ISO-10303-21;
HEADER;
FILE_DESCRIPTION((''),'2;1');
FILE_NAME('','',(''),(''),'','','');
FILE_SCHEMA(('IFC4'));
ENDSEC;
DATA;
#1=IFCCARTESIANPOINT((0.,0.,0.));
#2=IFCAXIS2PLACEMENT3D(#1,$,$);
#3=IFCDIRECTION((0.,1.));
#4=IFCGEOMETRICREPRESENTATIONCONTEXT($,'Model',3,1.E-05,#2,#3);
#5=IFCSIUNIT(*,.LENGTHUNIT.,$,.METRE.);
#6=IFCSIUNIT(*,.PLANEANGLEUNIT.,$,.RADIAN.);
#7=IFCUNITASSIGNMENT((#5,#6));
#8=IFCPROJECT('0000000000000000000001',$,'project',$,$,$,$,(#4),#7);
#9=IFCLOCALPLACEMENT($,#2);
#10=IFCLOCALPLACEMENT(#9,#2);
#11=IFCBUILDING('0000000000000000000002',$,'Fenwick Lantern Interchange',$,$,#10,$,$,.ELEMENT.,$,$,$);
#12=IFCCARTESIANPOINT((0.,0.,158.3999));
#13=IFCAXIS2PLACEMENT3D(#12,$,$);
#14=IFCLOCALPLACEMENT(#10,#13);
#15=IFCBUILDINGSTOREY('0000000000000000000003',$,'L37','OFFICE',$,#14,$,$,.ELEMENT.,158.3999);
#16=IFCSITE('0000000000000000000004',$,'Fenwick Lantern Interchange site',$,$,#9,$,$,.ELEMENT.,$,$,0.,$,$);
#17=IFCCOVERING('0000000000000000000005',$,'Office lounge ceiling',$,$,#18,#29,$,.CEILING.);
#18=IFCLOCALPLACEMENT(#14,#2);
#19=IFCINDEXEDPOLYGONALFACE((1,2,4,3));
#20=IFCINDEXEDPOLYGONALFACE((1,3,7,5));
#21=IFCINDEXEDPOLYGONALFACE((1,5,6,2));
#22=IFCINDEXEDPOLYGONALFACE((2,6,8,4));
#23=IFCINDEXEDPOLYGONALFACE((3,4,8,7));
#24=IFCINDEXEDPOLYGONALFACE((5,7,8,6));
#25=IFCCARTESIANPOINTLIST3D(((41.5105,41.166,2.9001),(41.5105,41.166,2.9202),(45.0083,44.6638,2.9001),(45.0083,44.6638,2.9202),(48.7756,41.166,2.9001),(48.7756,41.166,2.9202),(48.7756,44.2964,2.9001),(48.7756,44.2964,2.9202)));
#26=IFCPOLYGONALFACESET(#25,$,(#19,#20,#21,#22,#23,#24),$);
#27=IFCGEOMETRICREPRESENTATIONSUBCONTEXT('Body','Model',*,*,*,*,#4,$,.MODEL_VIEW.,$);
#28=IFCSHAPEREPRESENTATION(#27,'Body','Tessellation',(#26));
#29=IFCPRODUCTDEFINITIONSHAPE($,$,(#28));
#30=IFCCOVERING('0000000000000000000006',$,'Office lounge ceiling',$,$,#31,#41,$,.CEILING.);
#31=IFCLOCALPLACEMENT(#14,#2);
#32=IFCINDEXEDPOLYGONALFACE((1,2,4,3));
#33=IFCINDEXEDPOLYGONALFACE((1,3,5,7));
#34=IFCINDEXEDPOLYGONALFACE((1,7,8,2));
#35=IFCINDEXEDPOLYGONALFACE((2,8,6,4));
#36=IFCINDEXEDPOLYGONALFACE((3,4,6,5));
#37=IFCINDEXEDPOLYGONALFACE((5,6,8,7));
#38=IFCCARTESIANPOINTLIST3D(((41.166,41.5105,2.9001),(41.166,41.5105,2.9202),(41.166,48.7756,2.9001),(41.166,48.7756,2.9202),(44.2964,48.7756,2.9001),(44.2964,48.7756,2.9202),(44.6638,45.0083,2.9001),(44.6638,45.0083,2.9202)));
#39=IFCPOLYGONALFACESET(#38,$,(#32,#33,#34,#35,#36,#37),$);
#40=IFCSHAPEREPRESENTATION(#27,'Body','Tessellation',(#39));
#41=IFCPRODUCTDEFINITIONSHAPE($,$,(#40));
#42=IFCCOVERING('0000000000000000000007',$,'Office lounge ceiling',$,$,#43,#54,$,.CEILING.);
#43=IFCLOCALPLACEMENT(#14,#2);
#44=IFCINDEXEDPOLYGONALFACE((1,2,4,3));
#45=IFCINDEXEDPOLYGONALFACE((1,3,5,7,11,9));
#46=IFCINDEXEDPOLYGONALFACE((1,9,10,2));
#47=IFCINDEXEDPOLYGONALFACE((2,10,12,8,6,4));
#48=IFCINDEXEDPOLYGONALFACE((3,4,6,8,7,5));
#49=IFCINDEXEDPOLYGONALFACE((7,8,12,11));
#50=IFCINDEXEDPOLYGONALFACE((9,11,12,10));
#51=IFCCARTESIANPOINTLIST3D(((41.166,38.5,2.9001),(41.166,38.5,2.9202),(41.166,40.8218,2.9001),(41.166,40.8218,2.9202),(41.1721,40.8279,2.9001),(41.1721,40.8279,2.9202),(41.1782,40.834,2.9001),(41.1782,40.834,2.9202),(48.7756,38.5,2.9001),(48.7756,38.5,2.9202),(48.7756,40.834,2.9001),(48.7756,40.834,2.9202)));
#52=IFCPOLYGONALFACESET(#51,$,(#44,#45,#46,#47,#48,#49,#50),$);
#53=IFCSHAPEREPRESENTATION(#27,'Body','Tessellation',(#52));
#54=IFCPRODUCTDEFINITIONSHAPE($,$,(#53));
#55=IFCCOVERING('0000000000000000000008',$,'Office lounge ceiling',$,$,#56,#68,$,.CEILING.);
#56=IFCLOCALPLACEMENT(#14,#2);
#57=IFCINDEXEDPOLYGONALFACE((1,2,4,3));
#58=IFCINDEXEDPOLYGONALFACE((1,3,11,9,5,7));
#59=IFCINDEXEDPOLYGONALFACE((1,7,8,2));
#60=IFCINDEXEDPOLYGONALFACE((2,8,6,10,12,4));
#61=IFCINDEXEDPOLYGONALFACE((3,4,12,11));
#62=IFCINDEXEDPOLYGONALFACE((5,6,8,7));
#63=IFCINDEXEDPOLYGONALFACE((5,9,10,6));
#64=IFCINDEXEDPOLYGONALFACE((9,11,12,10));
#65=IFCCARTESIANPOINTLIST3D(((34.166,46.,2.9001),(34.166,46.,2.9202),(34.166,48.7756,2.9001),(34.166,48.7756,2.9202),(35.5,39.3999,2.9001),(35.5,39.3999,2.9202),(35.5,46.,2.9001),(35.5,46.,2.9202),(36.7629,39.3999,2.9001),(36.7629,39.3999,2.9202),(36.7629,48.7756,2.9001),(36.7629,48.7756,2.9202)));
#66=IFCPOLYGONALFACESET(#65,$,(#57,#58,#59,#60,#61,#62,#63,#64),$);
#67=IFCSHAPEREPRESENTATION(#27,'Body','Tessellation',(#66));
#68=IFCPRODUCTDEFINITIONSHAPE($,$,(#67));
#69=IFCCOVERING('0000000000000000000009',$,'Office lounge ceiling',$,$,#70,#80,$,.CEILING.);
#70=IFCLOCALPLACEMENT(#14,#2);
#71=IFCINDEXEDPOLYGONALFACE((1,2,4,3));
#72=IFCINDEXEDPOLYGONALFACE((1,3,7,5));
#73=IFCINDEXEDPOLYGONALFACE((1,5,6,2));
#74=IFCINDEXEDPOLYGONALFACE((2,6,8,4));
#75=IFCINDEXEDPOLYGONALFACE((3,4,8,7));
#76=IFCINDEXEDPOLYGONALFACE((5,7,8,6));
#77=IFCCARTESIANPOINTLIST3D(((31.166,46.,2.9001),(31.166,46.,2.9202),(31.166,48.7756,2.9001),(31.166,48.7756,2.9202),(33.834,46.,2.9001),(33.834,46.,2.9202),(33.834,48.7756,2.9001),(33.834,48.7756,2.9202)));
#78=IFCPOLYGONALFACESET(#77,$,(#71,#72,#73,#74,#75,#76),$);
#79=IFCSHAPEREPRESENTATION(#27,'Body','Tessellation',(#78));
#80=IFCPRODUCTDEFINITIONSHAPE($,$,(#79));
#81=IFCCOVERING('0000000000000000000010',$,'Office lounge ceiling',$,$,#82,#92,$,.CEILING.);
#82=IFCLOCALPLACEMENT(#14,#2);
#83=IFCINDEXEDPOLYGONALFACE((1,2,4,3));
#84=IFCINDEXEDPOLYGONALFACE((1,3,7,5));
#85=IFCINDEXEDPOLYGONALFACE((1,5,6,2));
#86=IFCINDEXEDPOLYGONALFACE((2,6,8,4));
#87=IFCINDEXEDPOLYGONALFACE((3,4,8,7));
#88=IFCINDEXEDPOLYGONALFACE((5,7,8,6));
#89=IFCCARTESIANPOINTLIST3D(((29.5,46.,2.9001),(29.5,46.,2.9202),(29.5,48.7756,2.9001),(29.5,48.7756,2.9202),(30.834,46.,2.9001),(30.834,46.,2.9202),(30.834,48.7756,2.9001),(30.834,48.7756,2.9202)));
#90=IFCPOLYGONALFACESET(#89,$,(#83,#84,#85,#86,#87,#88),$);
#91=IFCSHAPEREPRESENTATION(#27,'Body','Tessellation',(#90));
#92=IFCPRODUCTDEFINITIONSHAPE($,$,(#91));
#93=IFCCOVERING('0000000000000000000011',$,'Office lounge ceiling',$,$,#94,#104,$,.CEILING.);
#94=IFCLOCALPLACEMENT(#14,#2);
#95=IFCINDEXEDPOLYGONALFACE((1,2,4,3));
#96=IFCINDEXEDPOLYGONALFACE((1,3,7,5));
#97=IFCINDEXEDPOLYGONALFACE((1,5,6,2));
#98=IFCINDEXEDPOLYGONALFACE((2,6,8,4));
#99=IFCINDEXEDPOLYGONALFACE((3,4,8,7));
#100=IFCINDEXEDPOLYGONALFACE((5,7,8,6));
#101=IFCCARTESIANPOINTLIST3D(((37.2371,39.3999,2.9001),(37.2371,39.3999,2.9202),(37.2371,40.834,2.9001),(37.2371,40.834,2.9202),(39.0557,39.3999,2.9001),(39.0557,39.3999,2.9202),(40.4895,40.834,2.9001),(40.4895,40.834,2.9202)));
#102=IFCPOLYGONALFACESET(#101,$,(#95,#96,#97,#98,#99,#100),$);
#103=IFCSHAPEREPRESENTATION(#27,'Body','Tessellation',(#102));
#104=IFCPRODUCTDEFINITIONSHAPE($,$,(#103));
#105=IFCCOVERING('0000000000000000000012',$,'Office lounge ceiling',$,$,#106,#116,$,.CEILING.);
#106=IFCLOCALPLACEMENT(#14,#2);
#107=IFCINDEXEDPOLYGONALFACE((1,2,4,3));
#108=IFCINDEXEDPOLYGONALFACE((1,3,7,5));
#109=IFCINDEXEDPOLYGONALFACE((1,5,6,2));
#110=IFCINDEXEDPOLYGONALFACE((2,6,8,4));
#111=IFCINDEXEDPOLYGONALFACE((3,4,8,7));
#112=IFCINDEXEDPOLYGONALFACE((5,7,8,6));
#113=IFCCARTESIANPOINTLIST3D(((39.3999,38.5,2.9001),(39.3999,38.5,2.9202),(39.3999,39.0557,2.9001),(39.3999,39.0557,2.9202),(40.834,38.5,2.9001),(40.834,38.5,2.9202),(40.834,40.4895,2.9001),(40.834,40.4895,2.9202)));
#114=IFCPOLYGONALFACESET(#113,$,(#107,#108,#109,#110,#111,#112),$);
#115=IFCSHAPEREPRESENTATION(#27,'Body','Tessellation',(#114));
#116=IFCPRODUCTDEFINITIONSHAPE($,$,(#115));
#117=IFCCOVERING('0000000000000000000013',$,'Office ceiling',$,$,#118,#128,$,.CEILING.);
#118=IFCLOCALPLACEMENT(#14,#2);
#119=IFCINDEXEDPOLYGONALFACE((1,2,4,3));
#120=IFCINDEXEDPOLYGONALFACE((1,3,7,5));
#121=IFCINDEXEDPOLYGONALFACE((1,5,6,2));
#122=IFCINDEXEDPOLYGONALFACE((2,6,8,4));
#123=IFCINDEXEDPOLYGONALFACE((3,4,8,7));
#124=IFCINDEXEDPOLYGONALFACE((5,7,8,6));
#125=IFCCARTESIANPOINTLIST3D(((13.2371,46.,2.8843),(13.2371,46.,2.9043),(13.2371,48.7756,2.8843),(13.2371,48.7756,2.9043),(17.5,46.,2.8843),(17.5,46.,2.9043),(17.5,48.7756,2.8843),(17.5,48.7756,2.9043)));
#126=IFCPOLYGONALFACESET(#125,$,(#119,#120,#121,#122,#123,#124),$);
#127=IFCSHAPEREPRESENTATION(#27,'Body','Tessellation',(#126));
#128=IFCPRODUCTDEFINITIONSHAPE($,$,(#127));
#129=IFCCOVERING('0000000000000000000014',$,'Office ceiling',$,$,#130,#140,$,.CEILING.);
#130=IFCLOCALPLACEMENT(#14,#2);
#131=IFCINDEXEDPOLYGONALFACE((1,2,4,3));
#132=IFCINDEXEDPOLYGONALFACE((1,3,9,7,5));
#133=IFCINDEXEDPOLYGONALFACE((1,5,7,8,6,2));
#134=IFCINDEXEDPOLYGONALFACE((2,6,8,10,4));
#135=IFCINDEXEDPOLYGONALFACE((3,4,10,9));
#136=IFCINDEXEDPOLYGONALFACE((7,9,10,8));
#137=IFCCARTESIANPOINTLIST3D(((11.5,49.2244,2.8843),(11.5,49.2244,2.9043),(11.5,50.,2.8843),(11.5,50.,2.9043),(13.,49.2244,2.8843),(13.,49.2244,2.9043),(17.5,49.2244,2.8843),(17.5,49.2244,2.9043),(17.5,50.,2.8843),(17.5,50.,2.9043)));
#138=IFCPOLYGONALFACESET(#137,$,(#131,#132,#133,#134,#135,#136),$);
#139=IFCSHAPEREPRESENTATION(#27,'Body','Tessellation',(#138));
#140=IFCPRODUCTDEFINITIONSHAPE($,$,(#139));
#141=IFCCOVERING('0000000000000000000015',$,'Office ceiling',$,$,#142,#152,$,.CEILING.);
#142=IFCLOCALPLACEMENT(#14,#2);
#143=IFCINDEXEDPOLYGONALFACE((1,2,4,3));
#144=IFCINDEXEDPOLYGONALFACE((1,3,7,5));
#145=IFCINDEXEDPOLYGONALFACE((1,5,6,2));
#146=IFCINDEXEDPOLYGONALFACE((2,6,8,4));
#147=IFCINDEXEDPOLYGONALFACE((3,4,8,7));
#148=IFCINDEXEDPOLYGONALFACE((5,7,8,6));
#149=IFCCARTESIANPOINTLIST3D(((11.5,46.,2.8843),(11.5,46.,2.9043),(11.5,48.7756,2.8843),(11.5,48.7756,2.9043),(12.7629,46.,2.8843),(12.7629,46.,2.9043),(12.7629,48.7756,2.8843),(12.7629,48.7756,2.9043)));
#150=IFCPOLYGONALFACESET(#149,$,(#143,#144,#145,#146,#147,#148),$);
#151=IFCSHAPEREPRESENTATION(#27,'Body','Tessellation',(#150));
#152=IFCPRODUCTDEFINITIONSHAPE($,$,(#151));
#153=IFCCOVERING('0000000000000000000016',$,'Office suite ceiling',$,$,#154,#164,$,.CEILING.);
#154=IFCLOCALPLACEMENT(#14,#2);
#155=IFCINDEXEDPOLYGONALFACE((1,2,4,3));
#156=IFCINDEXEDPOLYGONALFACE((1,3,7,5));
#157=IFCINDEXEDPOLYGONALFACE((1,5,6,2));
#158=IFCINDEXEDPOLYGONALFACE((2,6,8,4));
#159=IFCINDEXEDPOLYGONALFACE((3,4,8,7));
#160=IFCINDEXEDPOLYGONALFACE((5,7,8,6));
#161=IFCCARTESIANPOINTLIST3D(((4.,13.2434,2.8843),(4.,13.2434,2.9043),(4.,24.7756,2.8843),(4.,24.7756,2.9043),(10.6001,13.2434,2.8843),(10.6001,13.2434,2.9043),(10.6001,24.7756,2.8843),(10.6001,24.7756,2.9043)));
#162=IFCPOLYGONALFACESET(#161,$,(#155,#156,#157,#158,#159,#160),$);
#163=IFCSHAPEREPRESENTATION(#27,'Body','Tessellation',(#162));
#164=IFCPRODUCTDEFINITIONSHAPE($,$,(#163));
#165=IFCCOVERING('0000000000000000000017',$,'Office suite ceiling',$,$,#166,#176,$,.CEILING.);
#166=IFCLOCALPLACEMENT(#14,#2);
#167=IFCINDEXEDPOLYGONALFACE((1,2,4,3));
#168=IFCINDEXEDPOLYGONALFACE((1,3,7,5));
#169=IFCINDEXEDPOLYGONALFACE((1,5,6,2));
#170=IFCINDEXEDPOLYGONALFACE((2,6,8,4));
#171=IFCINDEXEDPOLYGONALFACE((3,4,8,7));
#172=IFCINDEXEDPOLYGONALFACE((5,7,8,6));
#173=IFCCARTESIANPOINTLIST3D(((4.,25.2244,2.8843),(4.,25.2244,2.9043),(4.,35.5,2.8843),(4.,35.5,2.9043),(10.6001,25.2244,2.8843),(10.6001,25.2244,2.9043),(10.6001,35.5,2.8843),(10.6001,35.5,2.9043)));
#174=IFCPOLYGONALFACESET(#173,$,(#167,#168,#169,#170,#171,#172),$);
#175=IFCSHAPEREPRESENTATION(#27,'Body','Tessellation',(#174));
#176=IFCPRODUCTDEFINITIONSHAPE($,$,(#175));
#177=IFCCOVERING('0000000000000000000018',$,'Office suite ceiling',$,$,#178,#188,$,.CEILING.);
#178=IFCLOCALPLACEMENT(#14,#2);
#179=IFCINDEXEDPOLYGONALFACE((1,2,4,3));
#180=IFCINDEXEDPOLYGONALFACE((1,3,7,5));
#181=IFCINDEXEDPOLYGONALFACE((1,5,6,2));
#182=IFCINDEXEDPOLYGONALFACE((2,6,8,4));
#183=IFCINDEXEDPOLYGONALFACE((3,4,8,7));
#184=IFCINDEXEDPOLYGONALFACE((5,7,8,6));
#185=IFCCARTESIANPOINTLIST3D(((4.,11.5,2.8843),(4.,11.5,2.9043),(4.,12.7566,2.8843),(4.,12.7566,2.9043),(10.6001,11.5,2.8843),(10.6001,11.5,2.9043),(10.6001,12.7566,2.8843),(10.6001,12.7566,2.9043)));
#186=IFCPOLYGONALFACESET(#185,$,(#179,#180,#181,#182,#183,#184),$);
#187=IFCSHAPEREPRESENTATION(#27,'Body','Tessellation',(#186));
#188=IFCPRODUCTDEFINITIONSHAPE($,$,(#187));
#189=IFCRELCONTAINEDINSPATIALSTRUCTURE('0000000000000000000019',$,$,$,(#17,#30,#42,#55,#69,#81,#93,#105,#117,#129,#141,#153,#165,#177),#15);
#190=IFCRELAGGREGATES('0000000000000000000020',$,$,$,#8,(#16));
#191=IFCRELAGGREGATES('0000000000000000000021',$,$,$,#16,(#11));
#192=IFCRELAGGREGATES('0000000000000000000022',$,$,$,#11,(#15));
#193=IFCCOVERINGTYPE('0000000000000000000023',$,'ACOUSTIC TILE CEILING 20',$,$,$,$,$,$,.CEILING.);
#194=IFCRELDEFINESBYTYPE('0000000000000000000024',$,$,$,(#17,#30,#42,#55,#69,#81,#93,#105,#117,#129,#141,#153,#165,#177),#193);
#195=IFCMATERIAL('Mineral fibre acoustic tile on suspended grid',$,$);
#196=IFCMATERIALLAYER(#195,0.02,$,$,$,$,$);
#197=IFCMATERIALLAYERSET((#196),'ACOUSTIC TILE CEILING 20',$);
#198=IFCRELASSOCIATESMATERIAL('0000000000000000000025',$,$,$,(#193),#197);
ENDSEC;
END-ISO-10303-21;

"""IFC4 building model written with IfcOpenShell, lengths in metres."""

from ifc_helpers import new_model, si_unit, direction, frame, origin, place, context, subcontext, project, spatial, polyline, outline, extrude, material, layer, layer_set, type_object, element, save


model = new_model("IFC4")

# Units and contexts
model_context = context("Model", 3, precision=1e-05, world=origin(), true_north=direction((0.0, 1.0)))
body_context = subcontext(model_context, "Body", "Model", "MODEL_VIEW")
ifc_project = project(units=[si_unit("LENGTHUNIT", "METRE"), si_unit("PLANEANGLEUNIT", "RADIAN")], contexts=[model_context])

# Site, building, storey
site_placement = place(None, origin())
site = spatial("IfcSite", under=ifc_project, at=site_placement, Name="Fenwick Lantern Interchange site", CompositionType="ELEMENT", RefElevation=0.0)
building_placement = place(site_placement, origin())
building = spatial("IfcBuilding", under=site, at=building_placement, Name="Fenwick Lantern Interchange", CompositionType="ELEMENT")
storey_placement = place(building_placement, frame((0.0, 0.0, 158.3999)))
storey = spatial("IfcBuildingStorey", under=building, at=storey_placement, Name="L37", Description="OFFICE", CompositionType="ELEMENT", Elevation=158.3999)

# Coverings
ifc_material_1 = material(Name="Mineral fibre acoustic tile on suspended grid")
ifc_layer_1 = layer(ifc_material_1, 0.02)
ifc_layer_set_1 = layer_set([ifc_layer_1], Name="ACOUSTIC TILE CEILING 20")
covering_type_1 = type_object("IfcCoveringType", Name="ACOUSTIC TILE CEILING 20", PredefinedType="CEILING", material=ifc_layer_set_1)
covering_1_placement = place(storey_placement, frame((0.0, 0.0, 2.9001)))
element("IfcCovering", 1, at=covering_1_placement, inside=storey, type_object=covering_type_1, Name="Office lounge ceiling", PredefinedType="CEILING", context=body_context, shape_type="SweptSolid", body=[
    extrude(outline(polyline([(48.7756, 41.166), (48.7756, 44.2964), (45.0083, 44.6638), (41.5105, 41.166), (48.7756, 41.166)])), origin(), (0.0, 0.0, 1.0), 0.02),
])
covering_2_placement = place(storey_placement, frame((0.0, 0.0, 2.9001)))
element("IfcCovering", 2, at=covering_2_placement, inside=storey, type_object=covering_type_1, Name="Office lounge ceiling", PredefinedType="CEILING", context=body_context, shape_type="SweptSolid", body=[
    extrude(outline(polyline([(44.2964, 48.7756), (41.166, 48.7756), (41.166, 41.5105), (44.6638, 45.0083), (44.2964, 48.7756)])), origin(), (0.0, 0.0, 1.0), 0.02),
])
covering_3_placement = place(storey_placement, frame((0.0, 0.0, 2.9001)))
element("IfcCovering", 3, at=covering_3_placement, inside=storey, type_object=covering_type_1, Name="Office lounge ceiling", PredefinedType="CEILING", context=body_context, shape_type="SweptSolid", body=[
    extrude(outline(polyline([(41.166, 38.5), (48.7756, 38.5), (48.7756, 40.834), (41.1782, 40.834), (41.1721, 40.8279), (41.166, 40.8218), (41.166, 38.5)])), origin(), (0.0, 0.0, 1.0), 0.02),
])
covering_4_placement = place(storey_placement, frame((0.0, 0.0, 2.9001)))
element("IfcCovering", 4, at=covering_4_placement, inside=storey, type_object=covering_type_1, Name="Office lounge ceiling", PredefinedType="CEILING", context=body_context, shape_type="SweptSolid", body=[
    extrude(outline(polyline([(35.5, 39.3999), (36.7629, 39.3999), (36.7629, 48.7756), (34.166, 48.7756), (34.166, 46.0), (35.5, 46.0), (35.5, 39.3999)])), origin(), (0.0, 0.0, 1.0), 0.02),
])
covering_5_placement = place(storey_placement, frame((0.0, 0.0, 2.9001)))
element("IfcCovering", 5, at=covering_5_placement, inside=storey, type_object=covering_type_1, Name="Office lounge ceiling", PredefinedType="CEILING", context=body_context, shape_type="SweptSolid", body=[
    extrude(outline(polyline([(31.166, 46.0), (33.834, 46.0), (33.834, 48.7756), (31.166, 48.7756), (31.166, 46.0)])), origin(), (0.0, 0.0, 1.0), 0.02),
])
covering_6_placement = place(storey_placement, frame((0.0, 0.0, 2.9001)))
element("IfcCovering", 6, at=covering_6_placement, inside=storey, type_object=covering_type_1, Name="Office lounge ceiling", PredefinedType="CEILING", context=body_context, shape_type="SweptSolid", body=[
    extrude(outline(polyline([(29.5, 48.7756), (29.5, 46.0), (30.834, 46.0), (30.834, 48.7756), (29.5, 48.7756)])), origin(), (0.0, 0.0, 1.0), 0.02),
])
covering_7_placement = place(storey_placement, frame((0.0, 0.0, 2.9001)))
element("IfcCovering", 7, at=covering_7_placement, inside=storey, type_object=covering_type_1, Name="Office lounge ceiling", PredefinedType="CEILING", context=body_context, shape_type="SweptSolid", body=[
    extrude(outline(polyline([(37.2371, 39.3999), (39.0557, 39.3999), (40.4895, 40.834), (37.2371, 40.834), (37.2371, 39.3999)])), origin(), (0.0, 0.0, 1.0), 0.02),
])
covering_8_placement = place(storey_placement, frame((0.0, 0.0, 2.9001)))
element("IfcCovering", 8, at=covering_8_placement, inside=storey, type_object=covering_type_1, Name="Office lounge ceiling", PredefinedType="CEILING", context=body_context, shape_type="SweptSolid", body=[
    extrude(outline(polyline([(39.3999, 38.5), (40.834, 38.5), (40.834, 40.4895), (39.3999, 39.0557), (39.3999, 38.5)])), origin(), (0.0, 0.0, 1.0), 0.02),
])
covering_9_placement = place(storey_placement, frame((0.0, 0.0, 2.8843)))
element("IfcCovering", 9, at=covering_9_placement, inside=storey, type_object=covering_type_1, Name="Office ceiling", PredefinedType="CEILING", context=body_context, shape_type="SweptSolid", body=[
    extrude(outline(polyline([(17.5, 46.0), (17.5, 48.7756), (13.2371, 48.7756), (13.2371, 46.0), (17.5, 46.0)])), origin(), (0.0, 0.0, 1.0), 0.02),
])
covering_10_placement = place(storey_placement, frame((0.0, 0.0, 2.8843)))
element("IfcCovering", 10, at=covering_10_placement, inside=storey, type_object=covering_type_1, Name="Office ceiling", PredefinedType="CEILING", context=body_context, shape_type="SweptSolid", body=[
    extrude(outline(polyline([(11.5, 50.0), (11.5, 49.2244), (13.0, 49.2244), (17.5, 49.2244), (17.5, 50.0), (11.5, 50.0)])), origin(), (0.0, 0.0, 1.0), 0.02),
])
covering_11_placement = place(storey_placement, frame((0.0, 0.0, 2.8843)))
element("IfcCovering", 11, at=covering_11_placement, inside=storey, type_object=covering_type_1, Name="Office ceiling", PredefinedType="CEILING", context=body_context, shape_type="SweptSolid", body=[
    extrude(outline(polyline([(11.5, 46.0), (12.7629, 46.0), (12.7629, 48.7756), (11.5, 48.7756), (11.5, 46.0)])), origin(), (0.0, 0.0, 1.0), 0.02),
])
covering_12_placement = place(storey_placement, frame((0.0, 0.0, 2.8843)))
element("IfcCovering", 12, at=covering_12_placement, inside=storey, type_object=covering_type_1, Name="Office suite ceiling", PredefinedType="CEILING", context=body_context, shape_type="SweptSolid", body=[
    extrude(outline(polyline([(10.6001, 13.2434), (10.6001, 24.7756), (4.0, 24.7756), (4.0, 13.2434), (10.6001, 13.2434)])), origin(), (0.0, 0.0, 1.0), 0.02),
])
covering_13_placement = place(storey_placement, frame((0.0, 0.0, 2.8843)))
element("IfcCovering", 13, at=covering_13_placement, inside=storey, type_object=covering_type_1, Name="Office suite ceiling", PredefinedType="CEILING", context=body_context, shape_type="SweptSolid", body=[
    extrude(outline(polyline([(10.6001, 25.2244), (10.6001, 35.5), (4.0, 35.5), (4.0, 25.2244), (10.6001, 25.2244)])), origin(), (0.0, 0.0, 1.0), 0.02),
])
covering_14_placement = place(storey_placement, frame((0.0, 0.0, 2.8843)))
element("IfcCovering", 14, at=covering_14_placement, inside=storey, type_object=covering_type_1, Name="Office suite ceiling", PredefinedType="CEILING", context=body_context, shape_type="SweptSolid", body=[
    extrude(outline(polyline([(10.6001, 11.5), (10.6001, 12.7566), (4.0, 12.7566), (4.0, 11.5), (10.6001, 11.5)])), origin(), (0.0, 0.0, 1.0), 0.02),
])

save(model, "model.ifc")
